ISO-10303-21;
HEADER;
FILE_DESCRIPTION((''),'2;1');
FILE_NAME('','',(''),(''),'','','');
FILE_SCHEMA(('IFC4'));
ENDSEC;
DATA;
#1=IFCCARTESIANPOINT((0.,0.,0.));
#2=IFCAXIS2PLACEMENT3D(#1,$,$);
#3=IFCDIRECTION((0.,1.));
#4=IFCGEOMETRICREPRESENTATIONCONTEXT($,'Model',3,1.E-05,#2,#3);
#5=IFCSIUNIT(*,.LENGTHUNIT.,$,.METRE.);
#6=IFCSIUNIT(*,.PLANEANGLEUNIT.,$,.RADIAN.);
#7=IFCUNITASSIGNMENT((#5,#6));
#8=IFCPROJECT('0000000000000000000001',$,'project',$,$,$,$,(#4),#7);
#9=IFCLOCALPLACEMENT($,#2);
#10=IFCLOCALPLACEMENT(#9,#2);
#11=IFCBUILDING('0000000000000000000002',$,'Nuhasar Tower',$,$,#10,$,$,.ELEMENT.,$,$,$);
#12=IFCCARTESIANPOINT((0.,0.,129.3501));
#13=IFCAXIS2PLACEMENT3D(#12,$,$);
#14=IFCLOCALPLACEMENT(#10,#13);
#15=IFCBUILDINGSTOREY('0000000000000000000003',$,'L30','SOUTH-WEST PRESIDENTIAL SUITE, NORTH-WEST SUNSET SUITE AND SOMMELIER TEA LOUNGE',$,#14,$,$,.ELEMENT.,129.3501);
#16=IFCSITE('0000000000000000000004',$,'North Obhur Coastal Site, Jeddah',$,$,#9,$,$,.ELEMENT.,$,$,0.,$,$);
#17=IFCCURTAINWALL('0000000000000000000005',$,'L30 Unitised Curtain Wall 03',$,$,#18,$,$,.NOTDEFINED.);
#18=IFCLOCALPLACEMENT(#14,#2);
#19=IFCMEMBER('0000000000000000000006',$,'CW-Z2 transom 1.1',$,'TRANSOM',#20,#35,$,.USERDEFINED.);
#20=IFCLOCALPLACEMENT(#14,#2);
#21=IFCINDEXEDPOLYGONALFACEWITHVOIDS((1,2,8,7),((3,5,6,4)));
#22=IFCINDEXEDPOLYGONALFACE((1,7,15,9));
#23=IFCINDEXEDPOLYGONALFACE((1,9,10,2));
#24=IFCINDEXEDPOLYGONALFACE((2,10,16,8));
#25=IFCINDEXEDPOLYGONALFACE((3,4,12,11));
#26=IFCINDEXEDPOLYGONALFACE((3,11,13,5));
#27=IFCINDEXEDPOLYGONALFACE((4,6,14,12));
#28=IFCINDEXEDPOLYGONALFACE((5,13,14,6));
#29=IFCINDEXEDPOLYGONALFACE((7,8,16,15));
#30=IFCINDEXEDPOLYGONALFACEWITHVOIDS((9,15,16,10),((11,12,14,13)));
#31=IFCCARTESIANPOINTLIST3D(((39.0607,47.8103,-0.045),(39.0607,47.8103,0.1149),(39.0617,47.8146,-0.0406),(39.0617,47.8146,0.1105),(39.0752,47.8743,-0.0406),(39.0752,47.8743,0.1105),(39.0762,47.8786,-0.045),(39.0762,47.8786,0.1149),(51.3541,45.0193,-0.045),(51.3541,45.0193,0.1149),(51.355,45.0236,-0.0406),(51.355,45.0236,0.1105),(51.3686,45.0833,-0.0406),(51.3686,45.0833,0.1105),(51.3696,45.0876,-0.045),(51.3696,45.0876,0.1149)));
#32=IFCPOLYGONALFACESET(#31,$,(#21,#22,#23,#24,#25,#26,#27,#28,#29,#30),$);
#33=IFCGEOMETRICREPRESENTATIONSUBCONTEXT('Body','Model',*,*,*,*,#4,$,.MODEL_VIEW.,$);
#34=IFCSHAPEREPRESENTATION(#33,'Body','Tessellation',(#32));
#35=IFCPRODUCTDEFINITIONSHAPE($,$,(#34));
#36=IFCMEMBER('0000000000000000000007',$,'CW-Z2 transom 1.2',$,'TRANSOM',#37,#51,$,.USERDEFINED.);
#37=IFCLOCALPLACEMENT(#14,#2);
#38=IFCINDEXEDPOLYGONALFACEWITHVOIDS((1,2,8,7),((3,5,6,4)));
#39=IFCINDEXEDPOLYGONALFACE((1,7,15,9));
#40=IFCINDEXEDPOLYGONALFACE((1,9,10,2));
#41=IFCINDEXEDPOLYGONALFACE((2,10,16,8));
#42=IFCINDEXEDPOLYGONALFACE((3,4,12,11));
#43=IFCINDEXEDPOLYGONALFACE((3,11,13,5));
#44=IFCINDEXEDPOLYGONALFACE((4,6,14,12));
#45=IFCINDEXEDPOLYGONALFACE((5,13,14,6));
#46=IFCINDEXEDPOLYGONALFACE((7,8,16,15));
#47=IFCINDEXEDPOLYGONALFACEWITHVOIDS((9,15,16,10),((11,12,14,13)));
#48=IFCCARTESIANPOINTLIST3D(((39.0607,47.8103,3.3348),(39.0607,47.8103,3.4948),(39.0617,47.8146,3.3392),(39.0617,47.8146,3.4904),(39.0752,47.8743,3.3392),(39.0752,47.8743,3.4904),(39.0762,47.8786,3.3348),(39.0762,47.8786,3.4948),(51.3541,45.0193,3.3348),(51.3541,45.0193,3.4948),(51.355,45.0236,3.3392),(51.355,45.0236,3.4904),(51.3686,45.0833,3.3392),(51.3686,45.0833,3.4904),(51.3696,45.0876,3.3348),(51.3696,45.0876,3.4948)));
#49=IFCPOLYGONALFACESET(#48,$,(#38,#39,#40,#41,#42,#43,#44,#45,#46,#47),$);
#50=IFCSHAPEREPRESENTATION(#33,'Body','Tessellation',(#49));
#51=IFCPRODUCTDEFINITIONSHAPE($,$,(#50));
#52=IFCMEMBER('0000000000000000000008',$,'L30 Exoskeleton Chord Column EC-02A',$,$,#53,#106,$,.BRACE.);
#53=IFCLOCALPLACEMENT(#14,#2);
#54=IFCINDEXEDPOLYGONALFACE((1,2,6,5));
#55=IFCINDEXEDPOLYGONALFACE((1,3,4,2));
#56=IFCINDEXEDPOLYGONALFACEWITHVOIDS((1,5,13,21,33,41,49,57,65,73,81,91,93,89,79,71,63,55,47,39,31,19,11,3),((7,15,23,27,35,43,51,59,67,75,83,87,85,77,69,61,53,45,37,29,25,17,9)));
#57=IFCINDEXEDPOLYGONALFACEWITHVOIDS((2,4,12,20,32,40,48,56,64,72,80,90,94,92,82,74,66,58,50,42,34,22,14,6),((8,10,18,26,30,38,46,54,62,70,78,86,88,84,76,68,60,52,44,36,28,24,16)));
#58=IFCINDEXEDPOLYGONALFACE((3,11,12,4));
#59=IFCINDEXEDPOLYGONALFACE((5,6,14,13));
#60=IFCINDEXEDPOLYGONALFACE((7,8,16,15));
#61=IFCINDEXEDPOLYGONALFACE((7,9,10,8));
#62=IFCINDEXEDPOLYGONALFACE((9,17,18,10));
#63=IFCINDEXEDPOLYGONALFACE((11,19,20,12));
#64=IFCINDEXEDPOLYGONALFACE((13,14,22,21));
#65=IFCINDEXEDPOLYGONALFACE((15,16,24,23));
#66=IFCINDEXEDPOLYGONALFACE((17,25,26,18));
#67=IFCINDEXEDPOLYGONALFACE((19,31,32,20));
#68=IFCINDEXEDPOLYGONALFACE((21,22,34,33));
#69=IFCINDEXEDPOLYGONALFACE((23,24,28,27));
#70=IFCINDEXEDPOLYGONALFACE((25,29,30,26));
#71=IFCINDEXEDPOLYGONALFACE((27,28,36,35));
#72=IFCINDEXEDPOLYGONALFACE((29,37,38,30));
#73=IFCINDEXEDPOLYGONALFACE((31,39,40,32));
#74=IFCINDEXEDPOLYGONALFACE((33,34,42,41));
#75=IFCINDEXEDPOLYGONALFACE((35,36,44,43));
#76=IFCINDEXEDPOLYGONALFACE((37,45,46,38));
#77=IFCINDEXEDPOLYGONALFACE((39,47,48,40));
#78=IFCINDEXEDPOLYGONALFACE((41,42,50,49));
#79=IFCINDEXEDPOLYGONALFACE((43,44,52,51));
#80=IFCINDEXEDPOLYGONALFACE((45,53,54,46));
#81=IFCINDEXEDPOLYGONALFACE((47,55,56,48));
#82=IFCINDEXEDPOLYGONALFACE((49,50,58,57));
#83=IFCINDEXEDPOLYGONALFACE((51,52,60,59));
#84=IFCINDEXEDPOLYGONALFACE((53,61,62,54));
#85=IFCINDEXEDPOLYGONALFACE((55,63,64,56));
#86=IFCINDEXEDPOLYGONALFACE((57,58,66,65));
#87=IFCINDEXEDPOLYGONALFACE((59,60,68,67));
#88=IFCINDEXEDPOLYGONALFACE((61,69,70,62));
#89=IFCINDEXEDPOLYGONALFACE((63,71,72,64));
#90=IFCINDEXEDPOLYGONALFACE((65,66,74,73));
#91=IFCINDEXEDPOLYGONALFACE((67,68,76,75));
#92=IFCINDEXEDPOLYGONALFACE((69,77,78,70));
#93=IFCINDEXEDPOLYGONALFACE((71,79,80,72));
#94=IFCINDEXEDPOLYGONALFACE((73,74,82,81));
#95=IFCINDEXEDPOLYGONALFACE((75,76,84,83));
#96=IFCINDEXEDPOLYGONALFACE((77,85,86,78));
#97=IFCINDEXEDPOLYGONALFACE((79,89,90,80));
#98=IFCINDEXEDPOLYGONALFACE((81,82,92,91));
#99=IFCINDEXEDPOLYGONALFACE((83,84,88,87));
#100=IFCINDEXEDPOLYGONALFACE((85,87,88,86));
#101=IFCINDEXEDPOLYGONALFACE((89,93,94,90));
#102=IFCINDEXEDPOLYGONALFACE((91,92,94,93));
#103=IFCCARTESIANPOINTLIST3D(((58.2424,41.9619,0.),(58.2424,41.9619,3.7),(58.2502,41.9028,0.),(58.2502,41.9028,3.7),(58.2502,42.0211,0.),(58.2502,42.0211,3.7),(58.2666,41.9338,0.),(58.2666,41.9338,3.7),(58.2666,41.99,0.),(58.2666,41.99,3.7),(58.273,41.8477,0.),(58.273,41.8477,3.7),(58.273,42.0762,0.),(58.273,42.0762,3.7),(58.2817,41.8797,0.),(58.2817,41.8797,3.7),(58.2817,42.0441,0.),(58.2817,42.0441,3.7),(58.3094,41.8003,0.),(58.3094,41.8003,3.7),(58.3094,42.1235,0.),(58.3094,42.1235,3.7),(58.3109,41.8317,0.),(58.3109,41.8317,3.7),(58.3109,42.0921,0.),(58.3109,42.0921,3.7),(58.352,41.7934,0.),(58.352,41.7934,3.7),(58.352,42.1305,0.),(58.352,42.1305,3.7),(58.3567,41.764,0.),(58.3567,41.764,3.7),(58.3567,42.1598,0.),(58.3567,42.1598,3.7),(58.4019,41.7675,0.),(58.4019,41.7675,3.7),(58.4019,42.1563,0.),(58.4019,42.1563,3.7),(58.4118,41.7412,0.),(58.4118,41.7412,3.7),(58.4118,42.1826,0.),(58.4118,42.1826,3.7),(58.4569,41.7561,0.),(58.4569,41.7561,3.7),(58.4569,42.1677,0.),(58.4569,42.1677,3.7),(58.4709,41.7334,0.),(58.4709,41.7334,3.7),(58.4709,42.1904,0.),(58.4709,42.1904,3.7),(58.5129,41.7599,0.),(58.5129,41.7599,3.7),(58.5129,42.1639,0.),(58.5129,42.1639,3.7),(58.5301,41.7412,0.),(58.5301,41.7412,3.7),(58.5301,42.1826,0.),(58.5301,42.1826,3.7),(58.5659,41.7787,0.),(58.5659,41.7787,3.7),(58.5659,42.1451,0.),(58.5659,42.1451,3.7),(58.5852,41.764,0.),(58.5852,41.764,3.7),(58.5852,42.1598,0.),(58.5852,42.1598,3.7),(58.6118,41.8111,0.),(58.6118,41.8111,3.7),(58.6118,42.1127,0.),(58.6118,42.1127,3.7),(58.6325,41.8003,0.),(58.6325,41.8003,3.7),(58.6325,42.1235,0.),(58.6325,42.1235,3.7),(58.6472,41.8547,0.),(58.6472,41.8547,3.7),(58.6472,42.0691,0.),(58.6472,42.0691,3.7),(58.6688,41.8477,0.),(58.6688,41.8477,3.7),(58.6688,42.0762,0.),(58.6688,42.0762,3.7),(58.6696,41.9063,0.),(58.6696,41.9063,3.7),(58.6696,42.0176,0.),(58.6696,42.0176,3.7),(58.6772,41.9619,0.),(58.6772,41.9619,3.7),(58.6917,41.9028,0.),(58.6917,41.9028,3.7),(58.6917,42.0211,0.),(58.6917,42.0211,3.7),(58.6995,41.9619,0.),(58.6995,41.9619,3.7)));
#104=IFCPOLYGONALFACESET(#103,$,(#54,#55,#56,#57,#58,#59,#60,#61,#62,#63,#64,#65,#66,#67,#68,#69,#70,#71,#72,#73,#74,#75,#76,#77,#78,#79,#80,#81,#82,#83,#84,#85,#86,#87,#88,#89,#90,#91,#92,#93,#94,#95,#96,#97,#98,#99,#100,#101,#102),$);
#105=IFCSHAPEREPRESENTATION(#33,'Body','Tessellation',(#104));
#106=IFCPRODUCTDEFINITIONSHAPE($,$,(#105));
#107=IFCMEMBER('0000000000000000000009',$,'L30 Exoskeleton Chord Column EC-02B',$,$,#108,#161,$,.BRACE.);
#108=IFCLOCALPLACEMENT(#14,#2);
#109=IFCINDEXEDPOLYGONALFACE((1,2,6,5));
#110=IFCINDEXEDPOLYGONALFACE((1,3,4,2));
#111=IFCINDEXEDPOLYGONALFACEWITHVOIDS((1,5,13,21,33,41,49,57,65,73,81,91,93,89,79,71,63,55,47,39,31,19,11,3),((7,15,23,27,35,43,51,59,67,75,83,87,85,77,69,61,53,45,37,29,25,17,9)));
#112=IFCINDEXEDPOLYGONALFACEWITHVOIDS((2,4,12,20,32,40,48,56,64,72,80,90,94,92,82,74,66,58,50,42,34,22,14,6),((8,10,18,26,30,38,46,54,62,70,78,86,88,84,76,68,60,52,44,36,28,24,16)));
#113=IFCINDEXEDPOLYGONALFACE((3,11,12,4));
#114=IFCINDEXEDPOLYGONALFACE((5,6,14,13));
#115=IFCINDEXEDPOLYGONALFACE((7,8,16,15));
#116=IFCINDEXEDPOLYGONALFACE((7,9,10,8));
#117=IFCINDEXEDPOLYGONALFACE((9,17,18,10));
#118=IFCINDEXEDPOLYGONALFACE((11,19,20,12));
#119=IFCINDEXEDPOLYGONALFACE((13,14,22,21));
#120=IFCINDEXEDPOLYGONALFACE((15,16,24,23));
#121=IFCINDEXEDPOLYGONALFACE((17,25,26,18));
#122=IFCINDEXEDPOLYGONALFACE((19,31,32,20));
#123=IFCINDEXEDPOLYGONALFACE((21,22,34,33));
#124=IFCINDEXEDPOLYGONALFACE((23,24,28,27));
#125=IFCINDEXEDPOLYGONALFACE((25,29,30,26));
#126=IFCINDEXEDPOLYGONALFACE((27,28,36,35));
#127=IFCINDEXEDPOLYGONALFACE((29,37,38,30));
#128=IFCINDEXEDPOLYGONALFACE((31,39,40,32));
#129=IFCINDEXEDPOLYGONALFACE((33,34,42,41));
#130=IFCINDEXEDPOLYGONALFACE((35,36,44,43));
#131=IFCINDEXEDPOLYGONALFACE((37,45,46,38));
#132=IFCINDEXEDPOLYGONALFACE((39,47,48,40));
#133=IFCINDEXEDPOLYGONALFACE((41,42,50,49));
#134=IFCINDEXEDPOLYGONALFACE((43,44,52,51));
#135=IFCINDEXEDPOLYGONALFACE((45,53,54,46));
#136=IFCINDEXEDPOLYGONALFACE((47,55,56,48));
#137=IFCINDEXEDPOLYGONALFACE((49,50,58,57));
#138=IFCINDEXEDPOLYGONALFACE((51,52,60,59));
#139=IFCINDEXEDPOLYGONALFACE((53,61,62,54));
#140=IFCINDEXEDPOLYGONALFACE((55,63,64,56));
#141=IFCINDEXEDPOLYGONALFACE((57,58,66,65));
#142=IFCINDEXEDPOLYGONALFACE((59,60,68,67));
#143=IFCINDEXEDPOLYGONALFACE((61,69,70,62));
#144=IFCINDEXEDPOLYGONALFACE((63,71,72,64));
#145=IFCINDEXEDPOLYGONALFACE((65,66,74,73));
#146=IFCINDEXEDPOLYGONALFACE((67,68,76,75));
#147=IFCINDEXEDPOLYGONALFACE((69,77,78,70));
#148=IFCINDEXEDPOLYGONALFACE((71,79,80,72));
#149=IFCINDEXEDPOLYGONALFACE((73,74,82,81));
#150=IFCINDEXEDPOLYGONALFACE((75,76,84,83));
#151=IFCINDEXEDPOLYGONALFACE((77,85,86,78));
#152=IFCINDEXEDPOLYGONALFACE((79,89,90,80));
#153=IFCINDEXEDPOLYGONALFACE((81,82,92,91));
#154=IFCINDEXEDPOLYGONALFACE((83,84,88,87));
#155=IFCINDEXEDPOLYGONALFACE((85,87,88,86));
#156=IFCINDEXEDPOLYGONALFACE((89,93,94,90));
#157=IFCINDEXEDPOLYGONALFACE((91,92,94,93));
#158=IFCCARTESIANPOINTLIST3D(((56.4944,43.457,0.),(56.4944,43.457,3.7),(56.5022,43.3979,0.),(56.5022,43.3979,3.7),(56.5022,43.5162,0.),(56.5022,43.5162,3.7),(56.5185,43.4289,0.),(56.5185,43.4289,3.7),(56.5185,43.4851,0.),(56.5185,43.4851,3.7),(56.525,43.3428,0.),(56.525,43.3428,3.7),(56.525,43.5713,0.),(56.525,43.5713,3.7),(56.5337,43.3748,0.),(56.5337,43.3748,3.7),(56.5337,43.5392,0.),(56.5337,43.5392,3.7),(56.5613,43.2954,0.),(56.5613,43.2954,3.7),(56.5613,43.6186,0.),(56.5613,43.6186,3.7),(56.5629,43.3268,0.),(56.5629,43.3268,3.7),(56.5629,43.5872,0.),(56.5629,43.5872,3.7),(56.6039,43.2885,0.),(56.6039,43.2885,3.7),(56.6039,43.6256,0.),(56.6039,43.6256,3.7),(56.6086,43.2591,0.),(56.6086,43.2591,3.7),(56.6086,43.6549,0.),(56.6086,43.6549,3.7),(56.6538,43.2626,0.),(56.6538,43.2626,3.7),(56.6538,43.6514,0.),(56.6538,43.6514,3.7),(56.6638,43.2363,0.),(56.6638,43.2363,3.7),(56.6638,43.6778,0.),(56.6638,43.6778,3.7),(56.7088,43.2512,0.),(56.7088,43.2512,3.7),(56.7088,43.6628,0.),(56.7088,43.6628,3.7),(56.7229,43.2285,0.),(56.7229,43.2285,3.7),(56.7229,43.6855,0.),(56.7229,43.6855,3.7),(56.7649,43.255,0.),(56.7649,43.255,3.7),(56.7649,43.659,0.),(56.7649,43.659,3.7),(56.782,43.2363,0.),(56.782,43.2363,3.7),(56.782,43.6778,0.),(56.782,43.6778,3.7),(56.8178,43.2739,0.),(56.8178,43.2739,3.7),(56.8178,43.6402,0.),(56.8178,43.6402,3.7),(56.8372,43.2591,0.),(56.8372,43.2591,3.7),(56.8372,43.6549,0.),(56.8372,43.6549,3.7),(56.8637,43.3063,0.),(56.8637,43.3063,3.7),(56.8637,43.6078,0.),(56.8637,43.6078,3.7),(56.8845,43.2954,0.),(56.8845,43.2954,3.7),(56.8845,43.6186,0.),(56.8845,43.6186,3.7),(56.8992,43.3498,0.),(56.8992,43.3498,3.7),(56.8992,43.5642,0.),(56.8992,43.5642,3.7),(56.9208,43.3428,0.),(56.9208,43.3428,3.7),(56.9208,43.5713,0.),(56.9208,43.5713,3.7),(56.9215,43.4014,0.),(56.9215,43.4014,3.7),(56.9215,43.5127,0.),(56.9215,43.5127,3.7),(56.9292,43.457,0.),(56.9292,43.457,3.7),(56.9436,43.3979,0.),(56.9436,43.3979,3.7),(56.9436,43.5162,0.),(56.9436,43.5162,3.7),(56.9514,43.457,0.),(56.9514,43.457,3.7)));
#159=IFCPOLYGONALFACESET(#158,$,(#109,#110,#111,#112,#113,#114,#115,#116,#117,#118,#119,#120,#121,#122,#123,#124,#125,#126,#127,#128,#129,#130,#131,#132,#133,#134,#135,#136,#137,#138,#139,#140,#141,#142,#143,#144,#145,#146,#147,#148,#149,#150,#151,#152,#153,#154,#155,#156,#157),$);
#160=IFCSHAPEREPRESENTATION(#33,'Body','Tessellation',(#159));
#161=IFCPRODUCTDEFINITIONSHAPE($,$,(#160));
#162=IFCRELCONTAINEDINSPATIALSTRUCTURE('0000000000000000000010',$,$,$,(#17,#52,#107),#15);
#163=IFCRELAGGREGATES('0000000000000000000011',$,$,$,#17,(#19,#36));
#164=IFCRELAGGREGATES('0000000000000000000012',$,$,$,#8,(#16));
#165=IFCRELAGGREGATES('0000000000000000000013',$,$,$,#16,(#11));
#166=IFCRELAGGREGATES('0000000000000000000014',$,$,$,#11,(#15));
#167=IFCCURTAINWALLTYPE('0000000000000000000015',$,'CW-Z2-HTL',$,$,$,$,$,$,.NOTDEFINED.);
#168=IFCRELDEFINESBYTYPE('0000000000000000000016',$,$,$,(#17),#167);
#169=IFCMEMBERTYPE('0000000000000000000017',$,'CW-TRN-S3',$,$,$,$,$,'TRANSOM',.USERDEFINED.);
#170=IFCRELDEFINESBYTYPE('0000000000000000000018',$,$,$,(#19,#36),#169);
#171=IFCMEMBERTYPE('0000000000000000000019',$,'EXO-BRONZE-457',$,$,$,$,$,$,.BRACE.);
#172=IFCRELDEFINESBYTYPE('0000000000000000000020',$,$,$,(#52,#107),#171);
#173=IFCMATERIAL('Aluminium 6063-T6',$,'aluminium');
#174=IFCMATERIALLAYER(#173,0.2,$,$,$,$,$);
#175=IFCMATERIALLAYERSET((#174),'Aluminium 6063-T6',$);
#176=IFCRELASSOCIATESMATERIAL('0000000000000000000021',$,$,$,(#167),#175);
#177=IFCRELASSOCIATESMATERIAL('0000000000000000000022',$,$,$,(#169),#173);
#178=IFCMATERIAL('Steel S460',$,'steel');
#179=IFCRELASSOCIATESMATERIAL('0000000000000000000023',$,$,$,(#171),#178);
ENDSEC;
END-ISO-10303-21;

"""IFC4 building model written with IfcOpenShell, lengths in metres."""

from ifc_helpers import new_model, si_unit, direction, frame, origin, origin_2d, place, context, subcontext, project, spatial, hollow_rectangle, hollow_circle, extrude, material, layer, layer_set, material_profile, profile_set, type_object, element, aggregate, save


model = new_model("IFC4")

# Units and contexts
model_context = context("Model", 3, precision=1e-05, world=origin(), true_north=direction((0.0, 1.0)))
body_context = subcontext(model_context, "Body", "Model", "MODEL_VIEW")
ifc_project = project(units=[si_unit("LENGTHUNIT", "METRE"), si_unit("PLANEANGLEUNIT", "RADIAN")], contexts=[model_context])

# Site, building, storey
site_placement = place(None, origin())
site = spatial("IfcSite", under=ifc_project, at=site_placement, Name="North Obhur Coastal Site, Jeddah", CompositionType="ELEMENT", RefElevation=0.0)
building_placement = place(site_placement, origin())
building = spatial("IfcBuilding", under=site, at=building_placement, Name="Nuhasar Tower", CompositionType="ELEMENT")
storey_placement = place(building_placement, frame((0.0, 0.0, 129.3501)))
storey = spatial("IfcBuildingStorey", under=building, at=storey_placement, Name="L30", Description="SOUTH-WEST PRESIDENTIAL SUITE, NORTH-WEST SUNSET SUITE AND SOMMELIER TEA LOUNGE", CompositionType="ELEMENT", Elevation=129.3501)

# Shared definitions
ifc_material_1 = material(Name="Aluminium 6063-T6", Category="aluminium")
ifc_layer_1 = layer(ifc_material_1, 0.2)
ifc_layer_set_1 = layer_set([ifc_layer_1], Name="Aluminium 6063-T6")
curtain_wall_type = type_object("IfcCurtainWallType", Name="CW-Z2-HTL", PredefinedType="NOTDEFINED", material=ifc_layer_set_1)

# Curtain wall
curtain_wall_1_placement = place(storey_placement, origin())
curtain_wall_1 = element("IfcCurtainWall", 1, at=curtain_wall_1_placement, inside=storey, type_object=curtain_wall_type, Name="L30 Unitised Curtain Wall 03", PredefinedType="NOTDEFINED")

# Members
ifc_material_profile_1 = material_profile(ifc_material_1, hollow_rectangle(XDim=0.0701, YDim=0.1599, WallThickness=0.0044, at=origin_2d()), Name="CWT-3")
ifc_profile_set_1 = profile_set([ifc_material_profile_1], Name="Aluminium 6063-T6")
member_type_1 = type_object("IfcMemberType", Name="CW-TRN-S3", ElementType="TRANSOM", PredefinedType="USERDEFINED", material=ifc_profile_set_1)
member_1_placement = place(storey_placement, frame((51.3618, 45.0535, 0.0349), z_axis=(-0.975183, 0.221398, 0.0), x_axis=(-0.221398, -0.975183, 0.0)))
member_1 = element("IfcMember", 2, at=member_1_placement, type_object=member_type_1, Name="CW-Z2 transom 1.1", ObjectType="TRANSOM", PredefinedType="USERDEFINED", context=body_context, shape_type="SweptSolid", body=[
    extrude(hollow_rectangle(XDim=0.0701, YDim=0.1599, WallThickness=0.0044, at=origin_2d()), origin(), (0.0, 0.0, 1.0), 12.6062),
])
member_2_placement = place(storey_placement, frame((51.3618, 45.0535, 3.4148), z_axis=(-0.975183, 0.221398, 0.0), x_axis=(-0.221398, -0.975183, 0.0)))
member_2 = element("IfcMember", 3, at=member_2_placement, type_object=member_type_1, Name="CW-Z2 transom 1.2", ObjectType="TRANSOM", PredefinedType="USERDEFINED", context=body_context, shape_type="SweptSolid", body=[
    extrude(hollow_rectangle(XDim=0.0701, YDim=0.1599, WallThickness=0.0044, at=origin_2d()), origin(), (0.0, 0.0, 1.0), 12.6062),
])
aggregate(curtain_wall_1, [member_1, member_2])

# Members
ifc_material_2 = material(Name="Steel S460", Category="steel")
ifc_material_profile_2 = material_profile(ifc_material_2, hollow_circle(Radius=0.2285, WallThickness=0.0222, at=origin_2d()), Name="HSS457X22.2")
ifc_profile_set_2 = profile_set([ifc_material_profile_2], Name="Steel S460")
member_type_2 = type_object("IfcMemberType", Name="EXO-BRONZE-457", PredefinedType="BRACE", material=ifc_profile_set_2)
for number, where, z_axis, x_axis, name in (
    (4, (58.4709, 41.9619, 0.0), (0.0, 0.0, 1.0), (1.0, 0.0, 0.0), "L30 Exoskeleton Chord Column EC-02A"),
    (5, (56.7229, 43.457, 0.0), (0.0, 0.0, 1.0), (1.0, 0.0, 0.0), "L30 Exoskeleton Chord Column EC-02B"),
):
    element("IfcMember", number, at=place(storey_placement, frame(where, z_axis=z_axis, x_axis=x_axis)), inside=storey, type_object=member_type_2, Name=name, PredefinedType="BRACE", context=body_context, shape_type="SweptSolid", body=[
        extrude(hollow_circle(Radius=0.2285, WallThickness=0.0222, at=origin_2d()), origin(), (0.0, 0.0, 1.0), 3.7),
    ])

save(model, "model.ifc")
